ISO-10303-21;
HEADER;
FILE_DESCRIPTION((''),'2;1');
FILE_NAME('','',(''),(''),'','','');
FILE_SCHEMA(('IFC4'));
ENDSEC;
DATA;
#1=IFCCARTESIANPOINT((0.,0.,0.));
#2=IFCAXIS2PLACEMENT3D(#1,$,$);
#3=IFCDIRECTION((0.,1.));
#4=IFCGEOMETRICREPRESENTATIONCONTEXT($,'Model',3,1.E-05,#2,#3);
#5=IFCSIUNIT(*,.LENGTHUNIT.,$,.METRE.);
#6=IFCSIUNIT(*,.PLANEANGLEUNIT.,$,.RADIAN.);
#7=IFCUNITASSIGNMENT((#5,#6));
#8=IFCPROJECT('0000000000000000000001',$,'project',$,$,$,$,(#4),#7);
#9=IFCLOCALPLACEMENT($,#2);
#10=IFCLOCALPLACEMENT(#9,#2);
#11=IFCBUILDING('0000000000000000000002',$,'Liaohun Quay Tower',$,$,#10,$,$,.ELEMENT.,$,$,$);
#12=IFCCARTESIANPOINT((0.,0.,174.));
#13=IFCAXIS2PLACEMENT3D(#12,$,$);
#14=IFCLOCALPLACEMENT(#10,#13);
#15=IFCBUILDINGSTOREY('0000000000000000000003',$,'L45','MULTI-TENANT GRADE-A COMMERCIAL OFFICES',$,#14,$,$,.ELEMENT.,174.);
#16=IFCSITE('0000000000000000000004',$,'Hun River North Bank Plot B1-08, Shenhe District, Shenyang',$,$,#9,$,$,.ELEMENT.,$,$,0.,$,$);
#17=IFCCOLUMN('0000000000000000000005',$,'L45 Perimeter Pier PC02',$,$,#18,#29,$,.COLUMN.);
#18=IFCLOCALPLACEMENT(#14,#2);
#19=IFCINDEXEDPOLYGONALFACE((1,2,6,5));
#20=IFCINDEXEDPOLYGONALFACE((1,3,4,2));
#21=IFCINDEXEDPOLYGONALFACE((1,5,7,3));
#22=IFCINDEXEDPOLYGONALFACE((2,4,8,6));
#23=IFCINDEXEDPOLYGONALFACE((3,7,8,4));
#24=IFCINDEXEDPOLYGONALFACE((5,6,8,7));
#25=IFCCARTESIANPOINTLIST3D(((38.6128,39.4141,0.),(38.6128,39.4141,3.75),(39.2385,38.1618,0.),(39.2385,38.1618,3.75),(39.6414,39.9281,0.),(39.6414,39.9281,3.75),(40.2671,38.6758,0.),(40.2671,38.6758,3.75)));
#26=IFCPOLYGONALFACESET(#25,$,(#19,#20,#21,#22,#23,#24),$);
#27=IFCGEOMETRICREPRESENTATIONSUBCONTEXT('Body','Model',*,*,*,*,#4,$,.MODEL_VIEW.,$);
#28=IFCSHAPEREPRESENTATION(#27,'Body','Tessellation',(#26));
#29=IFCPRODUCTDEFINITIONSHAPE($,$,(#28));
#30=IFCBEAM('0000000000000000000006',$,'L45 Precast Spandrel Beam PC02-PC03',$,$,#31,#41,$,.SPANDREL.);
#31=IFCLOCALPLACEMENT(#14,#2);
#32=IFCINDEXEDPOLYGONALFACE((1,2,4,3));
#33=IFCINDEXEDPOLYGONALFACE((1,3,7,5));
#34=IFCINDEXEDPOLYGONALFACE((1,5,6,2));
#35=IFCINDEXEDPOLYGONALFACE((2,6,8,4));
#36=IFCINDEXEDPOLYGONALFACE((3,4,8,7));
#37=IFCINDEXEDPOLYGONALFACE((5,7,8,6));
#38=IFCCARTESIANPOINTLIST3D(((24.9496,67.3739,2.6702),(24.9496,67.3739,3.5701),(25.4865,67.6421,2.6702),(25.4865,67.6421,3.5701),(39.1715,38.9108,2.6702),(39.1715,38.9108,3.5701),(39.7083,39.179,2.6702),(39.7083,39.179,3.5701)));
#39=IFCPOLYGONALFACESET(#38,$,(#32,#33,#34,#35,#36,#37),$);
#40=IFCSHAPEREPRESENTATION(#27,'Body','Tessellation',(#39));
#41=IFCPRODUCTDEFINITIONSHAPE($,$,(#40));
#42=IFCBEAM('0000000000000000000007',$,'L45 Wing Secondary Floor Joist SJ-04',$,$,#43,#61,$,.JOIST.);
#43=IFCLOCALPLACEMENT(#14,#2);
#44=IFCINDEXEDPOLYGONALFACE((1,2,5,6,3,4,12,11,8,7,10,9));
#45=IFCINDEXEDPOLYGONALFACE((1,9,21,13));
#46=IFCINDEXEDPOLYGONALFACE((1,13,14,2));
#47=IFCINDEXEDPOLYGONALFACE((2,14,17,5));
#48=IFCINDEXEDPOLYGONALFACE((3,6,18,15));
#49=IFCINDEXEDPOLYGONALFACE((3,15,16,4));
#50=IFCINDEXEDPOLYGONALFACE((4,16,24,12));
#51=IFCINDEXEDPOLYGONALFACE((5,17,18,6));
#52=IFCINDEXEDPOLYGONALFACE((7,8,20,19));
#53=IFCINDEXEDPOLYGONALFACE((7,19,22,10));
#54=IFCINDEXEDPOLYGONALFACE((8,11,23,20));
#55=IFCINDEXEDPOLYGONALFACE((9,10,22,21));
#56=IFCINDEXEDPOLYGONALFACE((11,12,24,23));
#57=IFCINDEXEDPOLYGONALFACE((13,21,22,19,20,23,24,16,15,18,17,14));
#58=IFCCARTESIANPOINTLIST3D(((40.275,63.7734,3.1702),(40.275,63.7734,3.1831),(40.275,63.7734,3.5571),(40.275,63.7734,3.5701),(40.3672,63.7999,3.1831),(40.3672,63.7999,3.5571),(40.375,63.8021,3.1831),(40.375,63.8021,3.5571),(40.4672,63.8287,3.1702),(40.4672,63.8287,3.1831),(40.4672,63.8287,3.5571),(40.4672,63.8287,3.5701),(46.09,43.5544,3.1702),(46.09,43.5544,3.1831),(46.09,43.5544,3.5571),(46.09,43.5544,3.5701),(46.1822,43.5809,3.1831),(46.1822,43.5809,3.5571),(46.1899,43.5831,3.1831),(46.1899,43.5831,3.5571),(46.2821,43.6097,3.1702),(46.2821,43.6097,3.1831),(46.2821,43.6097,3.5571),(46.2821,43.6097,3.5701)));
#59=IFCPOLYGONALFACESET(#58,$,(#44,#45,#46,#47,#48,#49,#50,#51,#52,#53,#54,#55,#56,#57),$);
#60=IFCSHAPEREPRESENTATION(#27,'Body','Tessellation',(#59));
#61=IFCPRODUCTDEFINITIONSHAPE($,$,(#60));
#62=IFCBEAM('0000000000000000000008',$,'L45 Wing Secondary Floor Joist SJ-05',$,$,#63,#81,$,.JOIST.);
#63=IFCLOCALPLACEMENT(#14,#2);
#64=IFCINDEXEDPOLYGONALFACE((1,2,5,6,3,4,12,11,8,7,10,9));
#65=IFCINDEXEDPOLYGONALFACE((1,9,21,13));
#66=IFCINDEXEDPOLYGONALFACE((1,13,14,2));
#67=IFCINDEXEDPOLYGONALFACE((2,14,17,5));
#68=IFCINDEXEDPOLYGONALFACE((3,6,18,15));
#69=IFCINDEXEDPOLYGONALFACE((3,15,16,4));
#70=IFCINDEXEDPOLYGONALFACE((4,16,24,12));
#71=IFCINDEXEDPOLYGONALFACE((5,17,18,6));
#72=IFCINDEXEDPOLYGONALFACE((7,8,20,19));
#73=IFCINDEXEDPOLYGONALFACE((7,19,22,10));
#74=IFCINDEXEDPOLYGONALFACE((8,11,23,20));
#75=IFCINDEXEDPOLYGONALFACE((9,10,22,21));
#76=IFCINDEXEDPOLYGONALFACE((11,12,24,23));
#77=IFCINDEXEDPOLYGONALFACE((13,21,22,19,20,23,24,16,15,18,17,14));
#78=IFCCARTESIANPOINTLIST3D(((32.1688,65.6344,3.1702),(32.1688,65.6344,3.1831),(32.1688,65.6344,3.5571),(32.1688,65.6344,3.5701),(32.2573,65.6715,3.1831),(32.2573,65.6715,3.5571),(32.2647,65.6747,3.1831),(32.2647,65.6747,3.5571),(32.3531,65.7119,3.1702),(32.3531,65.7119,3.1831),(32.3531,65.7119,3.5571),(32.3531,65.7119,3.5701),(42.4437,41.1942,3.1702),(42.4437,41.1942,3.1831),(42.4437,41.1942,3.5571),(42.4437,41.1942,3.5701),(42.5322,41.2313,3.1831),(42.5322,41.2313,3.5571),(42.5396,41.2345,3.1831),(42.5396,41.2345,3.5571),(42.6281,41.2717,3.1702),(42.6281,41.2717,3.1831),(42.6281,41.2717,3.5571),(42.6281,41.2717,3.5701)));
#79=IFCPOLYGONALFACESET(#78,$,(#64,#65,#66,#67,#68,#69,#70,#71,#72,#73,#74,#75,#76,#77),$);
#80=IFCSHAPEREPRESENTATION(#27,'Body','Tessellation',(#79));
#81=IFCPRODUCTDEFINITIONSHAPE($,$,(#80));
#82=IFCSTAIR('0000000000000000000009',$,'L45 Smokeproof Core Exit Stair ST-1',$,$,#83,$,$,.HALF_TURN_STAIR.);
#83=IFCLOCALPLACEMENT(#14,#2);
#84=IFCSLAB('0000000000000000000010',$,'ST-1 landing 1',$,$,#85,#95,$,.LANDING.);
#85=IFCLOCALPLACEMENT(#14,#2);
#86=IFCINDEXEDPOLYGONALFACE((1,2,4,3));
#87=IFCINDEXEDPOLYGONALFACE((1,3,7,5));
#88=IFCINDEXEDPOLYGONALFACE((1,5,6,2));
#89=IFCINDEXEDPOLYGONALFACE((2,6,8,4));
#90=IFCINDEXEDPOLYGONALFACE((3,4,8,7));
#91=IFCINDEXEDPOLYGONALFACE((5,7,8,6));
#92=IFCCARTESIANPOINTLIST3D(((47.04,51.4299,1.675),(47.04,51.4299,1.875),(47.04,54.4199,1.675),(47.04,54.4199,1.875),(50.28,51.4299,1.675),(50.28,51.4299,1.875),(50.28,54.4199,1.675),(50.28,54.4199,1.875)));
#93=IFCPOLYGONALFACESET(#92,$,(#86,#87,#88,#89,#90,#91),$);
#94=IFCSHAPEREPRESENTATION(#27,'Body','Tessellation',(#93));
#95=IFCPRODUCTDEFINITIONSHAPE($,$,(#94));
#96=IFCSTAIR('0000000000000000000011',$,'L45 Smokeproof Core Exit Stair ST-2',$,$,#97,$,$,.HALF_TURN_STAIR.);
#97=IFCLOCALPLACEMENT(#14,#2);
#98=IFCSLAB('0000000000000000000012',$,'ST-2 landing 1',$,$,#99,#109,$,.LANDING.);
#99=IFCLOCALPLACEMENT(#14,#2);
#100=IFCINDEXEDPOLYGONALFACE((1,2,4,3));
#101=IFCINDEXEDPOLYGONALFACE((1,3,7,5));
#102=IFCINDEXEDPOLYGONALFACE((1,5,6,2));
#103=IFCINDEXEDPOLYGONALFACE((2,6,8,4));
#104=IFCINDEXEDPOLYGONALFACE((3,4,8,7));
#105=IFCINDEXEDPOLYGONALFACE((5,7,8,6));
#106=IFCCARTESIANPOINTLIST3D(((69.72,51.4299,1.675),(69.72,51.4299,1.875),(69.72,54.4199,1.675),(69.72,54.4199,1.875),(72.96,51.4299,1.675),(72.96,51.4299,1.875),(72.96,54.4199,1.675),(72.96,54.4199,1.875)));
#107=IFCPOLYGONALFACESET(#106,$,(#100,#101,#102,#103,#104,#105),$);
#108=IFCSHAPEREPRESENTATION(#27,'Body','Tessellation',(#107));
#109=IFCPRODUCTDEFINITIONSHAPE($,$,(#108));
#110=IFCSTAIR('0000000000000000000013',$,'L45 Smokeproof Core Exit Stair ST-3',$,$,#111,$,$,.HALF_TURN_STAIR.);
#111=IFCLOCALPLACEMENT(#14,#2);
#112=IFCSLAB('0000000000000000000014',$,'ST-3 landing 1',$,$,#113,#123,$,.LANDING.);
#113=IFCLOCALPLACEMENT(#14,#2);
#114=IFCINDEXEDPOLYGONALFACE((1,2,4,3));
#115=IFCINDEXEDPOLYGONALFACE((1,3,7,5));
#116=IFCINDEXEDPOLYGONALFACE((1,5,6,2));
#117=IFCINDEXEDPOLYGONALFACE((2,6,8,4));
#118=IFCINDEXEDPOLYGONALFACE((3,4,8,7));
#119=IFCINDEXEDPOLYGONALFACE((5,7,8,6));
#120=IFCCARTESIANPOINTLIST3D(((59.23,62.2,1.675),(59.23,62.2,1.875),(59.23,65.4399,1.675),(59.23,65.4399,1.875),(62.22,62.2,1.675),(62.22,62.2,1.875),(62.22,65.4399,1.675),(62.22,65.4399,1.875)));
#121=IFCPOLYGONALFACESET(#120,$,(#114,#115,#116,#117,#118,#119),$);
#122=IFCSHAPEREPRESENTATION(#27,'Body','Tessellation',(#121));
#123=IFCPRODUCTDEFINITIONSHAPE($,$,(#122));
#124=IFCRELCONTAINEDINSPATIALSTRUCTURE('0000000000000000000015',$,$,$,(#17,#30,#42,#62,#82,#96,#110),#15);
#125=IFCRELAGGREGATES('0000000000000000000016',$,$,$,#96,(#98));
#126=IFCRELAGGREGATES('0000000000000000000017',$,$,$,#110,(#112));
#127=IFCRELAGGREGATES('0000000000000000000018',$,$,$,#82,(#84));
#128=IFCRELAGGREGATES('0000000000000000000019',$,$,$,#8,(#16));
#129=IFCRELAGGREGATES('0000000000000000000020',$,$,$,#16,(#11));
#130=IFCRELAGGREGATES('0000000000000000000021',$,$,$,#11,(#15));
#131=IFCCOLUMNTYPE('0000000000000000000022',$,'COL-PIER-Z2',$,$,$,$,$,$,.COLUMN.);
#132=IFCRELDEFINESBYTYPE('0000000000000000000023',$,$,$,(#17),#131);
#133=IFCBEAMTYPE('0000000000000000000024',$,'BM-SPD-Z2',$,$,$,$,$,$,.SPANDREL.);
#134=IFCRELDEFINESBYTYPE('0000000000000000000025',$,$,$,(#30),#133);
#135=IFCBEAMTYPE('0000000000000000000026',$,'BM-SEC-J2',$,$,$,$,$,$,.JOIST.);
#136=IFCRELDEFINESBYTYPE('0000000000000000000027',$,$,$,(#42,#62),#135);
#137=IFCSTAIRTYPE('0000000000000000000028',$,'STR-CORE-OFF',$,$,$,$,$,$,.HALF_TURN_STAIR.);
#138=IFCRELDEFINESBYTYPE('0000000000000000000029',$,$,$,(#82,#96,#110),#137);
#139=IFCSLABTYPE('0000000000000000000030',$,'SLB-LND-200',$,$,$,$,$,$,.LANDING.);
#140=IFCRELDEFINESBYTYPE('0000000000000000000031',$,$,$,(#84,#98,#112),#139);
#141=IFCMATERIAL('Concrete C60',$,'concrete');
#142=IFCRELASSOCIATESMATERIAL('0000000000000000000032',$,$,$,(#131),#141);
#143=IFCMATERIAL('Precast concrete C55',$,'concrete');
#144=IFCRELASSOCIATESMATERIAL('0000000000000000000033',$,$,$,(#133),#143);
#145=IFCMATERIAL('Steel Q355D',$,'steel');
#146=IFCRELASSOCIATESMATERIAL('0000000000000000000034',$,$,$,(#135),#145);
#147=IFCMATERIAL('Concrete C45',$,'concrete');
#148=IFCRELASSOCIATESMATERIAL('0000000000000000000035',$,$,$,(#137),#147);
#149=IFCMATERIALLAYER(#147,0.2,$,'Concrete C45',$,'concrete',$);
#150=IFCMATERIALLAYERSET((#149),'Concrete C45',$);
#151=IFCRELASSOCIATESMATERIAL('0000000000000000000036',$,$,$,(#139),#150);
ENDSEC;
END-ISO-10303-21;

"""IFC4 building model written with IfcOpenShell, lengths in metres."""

from ifc_helpers import new_model, si_unit, direction, frame, origin, origin_2d, place, context, subcontext, project, spatial, polyline, rectangle, i_section, outline, extrude, source, transform, mapped, material, layer, layer_set, material_profile, profile_set, type_object, element, aggregate, save


model = new_model("IFC4")

# Units and contexts
model_context = context("Model", 3, precision=1e-05, world=origin(), true_north=direction((0.0, 1.0)))
body_context = subcontext(model_context, "Body", "Model", "MODEL_VIEW")
ifc_project = project(units=[si_unit("LENGTHUNIT", "METRE"), si_unit("PLANEANGLEUNIT", "RADIAN")], contexts=[model_context])

# Site, building, storey
site_placement = place(None, origin())
site = spatial("IfcSite", under=ifc_project, at=site_placement, Name="Hun River North Bank Plot B1-08, Shenhe District, Shenyang", CompositionType="ELEMENT", RefElevation=0.0)
building_placement = place(site_placement, origin())
building = spatial("IfcBuilding", under=site, at=building_placement, Name="Liaohun Quay Tower", CompositionType="ELEMENT")
storey_placement = place(building_placement, frame((0.0, 0.0, 174.0)))
storey = spatial("IfcBuildingStorey", under=building, at=storey_placement, Name="L45", Description="MULTI-TENANT GRADE-A COMMERCIAL OFFICES", CompositionType="ELEMENT", Elevation=174.0)

# Column
ifc_material_1 = material(Name="Concrete C60", Category="concrete")
ifc_material_profile_1 = material_profile(ifc_material_1, rectangle(XDim=1.3999, YDim=1.1499, at=origin_2d()), Name="RC1400x1150")
ifc_profile_set_1 = profile_set([ifc_material_profile_1], Name="Concrete C60")
column_type = type_object("IfcColumnType", Name="COL-PIER-Z2", PredefinedType="COLUMN", material=ifc_profile_set_1)
shared_shape_1 = source(origin(), body_context, "Body", "SweptSolid", [
    extrude(rectangle(XDim=1.3999, YDim=1.1499, at=origin_2d()), origin(), (0.0, 0.0, 1.0), 3.75),
])
column_placement = place(storey_placement, frame((39.4399, 39.0449, 0.0), z_axis=(0.0, 0.0, 1.0), x_axis=(-0.446979, 0.894545, 0.0)))
element("IfcColumn", 1, at=column_placement, inside=storey, type_object=column_type, Name="L45 Perimeter Pier PC02", PredefinedType="COLUMN", context=body_context, shape_type="MappedRepresentation", body=[
    mapped(shared_shape_1, transform((0.0, 0.0, 0.0), x_axis=(1.0, 0.0, 0.0), y_axis=(0.0, 1.0, 0.0), z_axis=(0.0, 0.0, 1.0), scale=1.0)),
])

# Beams
ifc_material_2 = material(Name="Precast concrete C55", Category="concrete")
ifc_material_profile_2 = material_profile(ifc_material_2, rectangle(XDim=0.6001, YDim=0.8999, at=origin_2d()), Name="RC600x900")
ifc_profile_set_2 = profile_set([ifc_material_profile_2], Name="Precast concrete C55")
beam_type_1 = type_object("IfcBeamType", Name="BM-SPD-Z2", PredefinedType="SPANDREL", material=ifc_profile_set_2)
shared_shape_2 = source(origin(), body_context, "Body", "SweptSolid", [
    extrude(rectangle(XDim=0.6001, YDim=0.8999, at=origin_2d()), origin(), (0.0, 0.0, 1.0), 31.8184),
])
beam_1_placement = place(storey_placement, frame((39.4399, 39.0449, 3.1201), z_axis=(-0.446971, 0.894548, 0.0), x_axis=(-0.894548, -0.446971, 0.0)))
element("IfcBeam", 2, at=beam_1_placement, inside=storey, type_object=beam_type_1, Name="L45 Precast Spandrel Beam PC02-PC03", PredefinedType="SPANDREL", context=body_context, shape_type="MappedRepresentation", body=[
    mapped(shared_shape_2, transform((0.0, 0.0, 0.0), x_axis=(1.0, 0.0, 0.0), y_axis=(0.0, 1.0, 0.0), z_axis=(0.0, 0.0, 1.0), scale=1.0)),
])
ifc_material_3 = material(Name="Steel Q355D", Category="steel")
ifc_material_profile_3 = material_profile(ifc_material_3, i_section(OverallWidth=0.2, OverallDepth=0.3999, WebThickness=0.0081, FlangeThickness=0.0129, at=origin_2d()), Name="HN400x200x8x13")
ifc_profile_set_3 = profile_set([ifc_material_profile_3], Name="Steel Q355D")
beam_type_2 = type_object("IfcBeamType", Name="BM-SEC-J2", PredefinedType="JOIST", material=ifc_profile_set_3)
shared_shape_3 = source(origin(), body_context, "Body", "SweptSolid", [
    extrude(i_section(OverallWidth=0.2, OverallDepth=0.3999, WebThickness=0.0081, FlangeThickness=0.0129, at=origin_2d()), origin(), (0.0, 0.0, 1.0), 21.0386),
])
beam_2_placement = place(storey_placement, frame((46.186, 43.582, 3.3701), z_axis=(-0.276394, 0.961044, 0.0), x_axis=(-0.961044, -0.276394, 0.0)))
element("IfcBeam", 3, at=beam_2_placement, inside=storey, type_object=beam_type_2, Name="L45 Wing Secondary Floor Joist SJ-04", PredefinedType="JOIST", context=body_context, shape_type="MappedRepresentation", body=[
    mapped(shared_shape_3, transform((0.0, 0.0, 0.0), x_axis=(1.0, 0.0, 0.0), y_axis=(0.0, 1.0, 0.0), z_axis=(0.0, 0.0, 1.0), scale=1.0)),
])
shared_shape_4 = source(origin(), body_context, "Body", "SweptSolid", [
    extrude(i_section(OverallWidth=0.2, OverallDepth=0.3999, WebThickness=0.0081, FlangeThickness=0.0129, at=origin_2d()), origin(), (0.0, 0.0, 1.0), 26.5122),
])
beam_3_placement = place(storey_placement, frame((42.5359, 41.2329, 3.3701), z_axis=(-0.387554, 0.921847, 0.0), x_axis=(-0.921847, -0.387554, 0.0)))
element("IfcBeam", 4, at=beam_3_placement, inside=storey, type_object=beam_type_2, Name="L45 Wing Secondary Floor Joist SJ-05", PredefinedType="JOIST", context=body_context, shape_type="MappedRepresentation", body=[
    mapped(shared_shape_4, transform((0.0, 0.0, 0.0), x_axis=(1.0, 0.0, 0.0), y_axis=(0.0, 1.0, 0.0), z_axis=(0.0, 0.0, 1.0), scale=1.0)),
])

# Stairs, slabs
ifc_material_4 = material(Name="Concrete C45", Category="concrete")
stair_type = type_object("IfcStairType", Name="STR-CORE-OFF", PredefinedType="HALF_TURN_STAIR", material=ifc_material_4)
stair_1_placement = place(storey_placement, origin())
stair_1 = element("IfcStair", 5, at=stair_1_placement, inside=storey, type_object=stair_type, Name="L45 Smokeproof Core Exit Stair ST-1", PredefinedType="HALF_TURN_STAIR")
ifc_layer_1 = layer(ifc_material_4, 0.2, Name="Concrete C45", Category="concrete")
ifc_layer_set_1 = layer_set([ifc_layer_1], Name="Concrete C45")
slab_type_1 = type_object("IfcSlabType", Name="SLB-LND-200", PredefinedType="LANDING", material=ifc_layer_set_1)
slab_1_placement = place(storey_placement, frame((0.0, 0.0, 1.675)))
slab_1 = element("IfcSlab", 6, at=slab_1_placement, type_object=slab_type_1, Name="ST-1 landing 1", PredefinedType="LANDING", context=body_context, shape_type="SweptSolid", body=[
    extrude(outline(polyline([(50.28, 51.4299), (50.28, 54.4199), (47.04, 54.4199), (47.04, 51.4299), (50.28, 51.4299)])), origin(), (0.0, 0.0, 1.0), 0.2),
])
stair_2_placement = place(storey_placement, origin())
stair_2 = element("IfcStair", 7, at=stair_2_placement, inside=storey, type_object=stair_type, Name="L45 Smokeproof Core Exit Stair ST-2", PredefinedType="HALF_TURN_STAIR")
slab_2_placement = place(storey_placement, frame((0.0, 0.0, 1.675)))
slab_2 = element("IfcSlab", 8, at=slab_2_placement, type_object=slab_type_1, Name="ST-2 landing 1", PredefinedType="LANDING", context=body_context, shape_type="SweptSolid", body=[
    extrude(outline(polyline([(72.96, 51.4299), (72.96, 54.4199), (69.72, 54.4199), (69.72, 51.4299), (72.96, 51.4299)])), origin(), (0.0, 0.0, 1.0), 0.2),
])
aggregate(stair_2, [slab_2])
stair_3_placement = place(storey_placement, origin())
stair_3 = element("IfcStair", 9, at=stair_3_placement, inside=storey, type_object=stair_type, Name="L45 Smokeproof Core Exit Stair ST-3", PredefinedType="HALF_TURN_STAIR")
slab_3_placement = place(storey_placement, frame((0.0, 0.0, 1.675)))
slab_3 = element("IfcSlab", 10, at=slab_3_placement, type_object=slab_type_1, Name="ST-3 landing 1", PredefinedType="LANDING", context=body_context, shape_type="SweptSolid", body=[
    extrude(outline(polyline([(59.23, 62.2), (62.22, 62.2), (62.22, 65.4399), (59.23, 65.4399), (59.23, 62.2)])), origin(), (0.0, 0.0, 1.0), 0.2),
])
aggregate(stair_3, [slab_3])

aggregate(stair_1, [slab_1])

save(model, "model.ifc")
